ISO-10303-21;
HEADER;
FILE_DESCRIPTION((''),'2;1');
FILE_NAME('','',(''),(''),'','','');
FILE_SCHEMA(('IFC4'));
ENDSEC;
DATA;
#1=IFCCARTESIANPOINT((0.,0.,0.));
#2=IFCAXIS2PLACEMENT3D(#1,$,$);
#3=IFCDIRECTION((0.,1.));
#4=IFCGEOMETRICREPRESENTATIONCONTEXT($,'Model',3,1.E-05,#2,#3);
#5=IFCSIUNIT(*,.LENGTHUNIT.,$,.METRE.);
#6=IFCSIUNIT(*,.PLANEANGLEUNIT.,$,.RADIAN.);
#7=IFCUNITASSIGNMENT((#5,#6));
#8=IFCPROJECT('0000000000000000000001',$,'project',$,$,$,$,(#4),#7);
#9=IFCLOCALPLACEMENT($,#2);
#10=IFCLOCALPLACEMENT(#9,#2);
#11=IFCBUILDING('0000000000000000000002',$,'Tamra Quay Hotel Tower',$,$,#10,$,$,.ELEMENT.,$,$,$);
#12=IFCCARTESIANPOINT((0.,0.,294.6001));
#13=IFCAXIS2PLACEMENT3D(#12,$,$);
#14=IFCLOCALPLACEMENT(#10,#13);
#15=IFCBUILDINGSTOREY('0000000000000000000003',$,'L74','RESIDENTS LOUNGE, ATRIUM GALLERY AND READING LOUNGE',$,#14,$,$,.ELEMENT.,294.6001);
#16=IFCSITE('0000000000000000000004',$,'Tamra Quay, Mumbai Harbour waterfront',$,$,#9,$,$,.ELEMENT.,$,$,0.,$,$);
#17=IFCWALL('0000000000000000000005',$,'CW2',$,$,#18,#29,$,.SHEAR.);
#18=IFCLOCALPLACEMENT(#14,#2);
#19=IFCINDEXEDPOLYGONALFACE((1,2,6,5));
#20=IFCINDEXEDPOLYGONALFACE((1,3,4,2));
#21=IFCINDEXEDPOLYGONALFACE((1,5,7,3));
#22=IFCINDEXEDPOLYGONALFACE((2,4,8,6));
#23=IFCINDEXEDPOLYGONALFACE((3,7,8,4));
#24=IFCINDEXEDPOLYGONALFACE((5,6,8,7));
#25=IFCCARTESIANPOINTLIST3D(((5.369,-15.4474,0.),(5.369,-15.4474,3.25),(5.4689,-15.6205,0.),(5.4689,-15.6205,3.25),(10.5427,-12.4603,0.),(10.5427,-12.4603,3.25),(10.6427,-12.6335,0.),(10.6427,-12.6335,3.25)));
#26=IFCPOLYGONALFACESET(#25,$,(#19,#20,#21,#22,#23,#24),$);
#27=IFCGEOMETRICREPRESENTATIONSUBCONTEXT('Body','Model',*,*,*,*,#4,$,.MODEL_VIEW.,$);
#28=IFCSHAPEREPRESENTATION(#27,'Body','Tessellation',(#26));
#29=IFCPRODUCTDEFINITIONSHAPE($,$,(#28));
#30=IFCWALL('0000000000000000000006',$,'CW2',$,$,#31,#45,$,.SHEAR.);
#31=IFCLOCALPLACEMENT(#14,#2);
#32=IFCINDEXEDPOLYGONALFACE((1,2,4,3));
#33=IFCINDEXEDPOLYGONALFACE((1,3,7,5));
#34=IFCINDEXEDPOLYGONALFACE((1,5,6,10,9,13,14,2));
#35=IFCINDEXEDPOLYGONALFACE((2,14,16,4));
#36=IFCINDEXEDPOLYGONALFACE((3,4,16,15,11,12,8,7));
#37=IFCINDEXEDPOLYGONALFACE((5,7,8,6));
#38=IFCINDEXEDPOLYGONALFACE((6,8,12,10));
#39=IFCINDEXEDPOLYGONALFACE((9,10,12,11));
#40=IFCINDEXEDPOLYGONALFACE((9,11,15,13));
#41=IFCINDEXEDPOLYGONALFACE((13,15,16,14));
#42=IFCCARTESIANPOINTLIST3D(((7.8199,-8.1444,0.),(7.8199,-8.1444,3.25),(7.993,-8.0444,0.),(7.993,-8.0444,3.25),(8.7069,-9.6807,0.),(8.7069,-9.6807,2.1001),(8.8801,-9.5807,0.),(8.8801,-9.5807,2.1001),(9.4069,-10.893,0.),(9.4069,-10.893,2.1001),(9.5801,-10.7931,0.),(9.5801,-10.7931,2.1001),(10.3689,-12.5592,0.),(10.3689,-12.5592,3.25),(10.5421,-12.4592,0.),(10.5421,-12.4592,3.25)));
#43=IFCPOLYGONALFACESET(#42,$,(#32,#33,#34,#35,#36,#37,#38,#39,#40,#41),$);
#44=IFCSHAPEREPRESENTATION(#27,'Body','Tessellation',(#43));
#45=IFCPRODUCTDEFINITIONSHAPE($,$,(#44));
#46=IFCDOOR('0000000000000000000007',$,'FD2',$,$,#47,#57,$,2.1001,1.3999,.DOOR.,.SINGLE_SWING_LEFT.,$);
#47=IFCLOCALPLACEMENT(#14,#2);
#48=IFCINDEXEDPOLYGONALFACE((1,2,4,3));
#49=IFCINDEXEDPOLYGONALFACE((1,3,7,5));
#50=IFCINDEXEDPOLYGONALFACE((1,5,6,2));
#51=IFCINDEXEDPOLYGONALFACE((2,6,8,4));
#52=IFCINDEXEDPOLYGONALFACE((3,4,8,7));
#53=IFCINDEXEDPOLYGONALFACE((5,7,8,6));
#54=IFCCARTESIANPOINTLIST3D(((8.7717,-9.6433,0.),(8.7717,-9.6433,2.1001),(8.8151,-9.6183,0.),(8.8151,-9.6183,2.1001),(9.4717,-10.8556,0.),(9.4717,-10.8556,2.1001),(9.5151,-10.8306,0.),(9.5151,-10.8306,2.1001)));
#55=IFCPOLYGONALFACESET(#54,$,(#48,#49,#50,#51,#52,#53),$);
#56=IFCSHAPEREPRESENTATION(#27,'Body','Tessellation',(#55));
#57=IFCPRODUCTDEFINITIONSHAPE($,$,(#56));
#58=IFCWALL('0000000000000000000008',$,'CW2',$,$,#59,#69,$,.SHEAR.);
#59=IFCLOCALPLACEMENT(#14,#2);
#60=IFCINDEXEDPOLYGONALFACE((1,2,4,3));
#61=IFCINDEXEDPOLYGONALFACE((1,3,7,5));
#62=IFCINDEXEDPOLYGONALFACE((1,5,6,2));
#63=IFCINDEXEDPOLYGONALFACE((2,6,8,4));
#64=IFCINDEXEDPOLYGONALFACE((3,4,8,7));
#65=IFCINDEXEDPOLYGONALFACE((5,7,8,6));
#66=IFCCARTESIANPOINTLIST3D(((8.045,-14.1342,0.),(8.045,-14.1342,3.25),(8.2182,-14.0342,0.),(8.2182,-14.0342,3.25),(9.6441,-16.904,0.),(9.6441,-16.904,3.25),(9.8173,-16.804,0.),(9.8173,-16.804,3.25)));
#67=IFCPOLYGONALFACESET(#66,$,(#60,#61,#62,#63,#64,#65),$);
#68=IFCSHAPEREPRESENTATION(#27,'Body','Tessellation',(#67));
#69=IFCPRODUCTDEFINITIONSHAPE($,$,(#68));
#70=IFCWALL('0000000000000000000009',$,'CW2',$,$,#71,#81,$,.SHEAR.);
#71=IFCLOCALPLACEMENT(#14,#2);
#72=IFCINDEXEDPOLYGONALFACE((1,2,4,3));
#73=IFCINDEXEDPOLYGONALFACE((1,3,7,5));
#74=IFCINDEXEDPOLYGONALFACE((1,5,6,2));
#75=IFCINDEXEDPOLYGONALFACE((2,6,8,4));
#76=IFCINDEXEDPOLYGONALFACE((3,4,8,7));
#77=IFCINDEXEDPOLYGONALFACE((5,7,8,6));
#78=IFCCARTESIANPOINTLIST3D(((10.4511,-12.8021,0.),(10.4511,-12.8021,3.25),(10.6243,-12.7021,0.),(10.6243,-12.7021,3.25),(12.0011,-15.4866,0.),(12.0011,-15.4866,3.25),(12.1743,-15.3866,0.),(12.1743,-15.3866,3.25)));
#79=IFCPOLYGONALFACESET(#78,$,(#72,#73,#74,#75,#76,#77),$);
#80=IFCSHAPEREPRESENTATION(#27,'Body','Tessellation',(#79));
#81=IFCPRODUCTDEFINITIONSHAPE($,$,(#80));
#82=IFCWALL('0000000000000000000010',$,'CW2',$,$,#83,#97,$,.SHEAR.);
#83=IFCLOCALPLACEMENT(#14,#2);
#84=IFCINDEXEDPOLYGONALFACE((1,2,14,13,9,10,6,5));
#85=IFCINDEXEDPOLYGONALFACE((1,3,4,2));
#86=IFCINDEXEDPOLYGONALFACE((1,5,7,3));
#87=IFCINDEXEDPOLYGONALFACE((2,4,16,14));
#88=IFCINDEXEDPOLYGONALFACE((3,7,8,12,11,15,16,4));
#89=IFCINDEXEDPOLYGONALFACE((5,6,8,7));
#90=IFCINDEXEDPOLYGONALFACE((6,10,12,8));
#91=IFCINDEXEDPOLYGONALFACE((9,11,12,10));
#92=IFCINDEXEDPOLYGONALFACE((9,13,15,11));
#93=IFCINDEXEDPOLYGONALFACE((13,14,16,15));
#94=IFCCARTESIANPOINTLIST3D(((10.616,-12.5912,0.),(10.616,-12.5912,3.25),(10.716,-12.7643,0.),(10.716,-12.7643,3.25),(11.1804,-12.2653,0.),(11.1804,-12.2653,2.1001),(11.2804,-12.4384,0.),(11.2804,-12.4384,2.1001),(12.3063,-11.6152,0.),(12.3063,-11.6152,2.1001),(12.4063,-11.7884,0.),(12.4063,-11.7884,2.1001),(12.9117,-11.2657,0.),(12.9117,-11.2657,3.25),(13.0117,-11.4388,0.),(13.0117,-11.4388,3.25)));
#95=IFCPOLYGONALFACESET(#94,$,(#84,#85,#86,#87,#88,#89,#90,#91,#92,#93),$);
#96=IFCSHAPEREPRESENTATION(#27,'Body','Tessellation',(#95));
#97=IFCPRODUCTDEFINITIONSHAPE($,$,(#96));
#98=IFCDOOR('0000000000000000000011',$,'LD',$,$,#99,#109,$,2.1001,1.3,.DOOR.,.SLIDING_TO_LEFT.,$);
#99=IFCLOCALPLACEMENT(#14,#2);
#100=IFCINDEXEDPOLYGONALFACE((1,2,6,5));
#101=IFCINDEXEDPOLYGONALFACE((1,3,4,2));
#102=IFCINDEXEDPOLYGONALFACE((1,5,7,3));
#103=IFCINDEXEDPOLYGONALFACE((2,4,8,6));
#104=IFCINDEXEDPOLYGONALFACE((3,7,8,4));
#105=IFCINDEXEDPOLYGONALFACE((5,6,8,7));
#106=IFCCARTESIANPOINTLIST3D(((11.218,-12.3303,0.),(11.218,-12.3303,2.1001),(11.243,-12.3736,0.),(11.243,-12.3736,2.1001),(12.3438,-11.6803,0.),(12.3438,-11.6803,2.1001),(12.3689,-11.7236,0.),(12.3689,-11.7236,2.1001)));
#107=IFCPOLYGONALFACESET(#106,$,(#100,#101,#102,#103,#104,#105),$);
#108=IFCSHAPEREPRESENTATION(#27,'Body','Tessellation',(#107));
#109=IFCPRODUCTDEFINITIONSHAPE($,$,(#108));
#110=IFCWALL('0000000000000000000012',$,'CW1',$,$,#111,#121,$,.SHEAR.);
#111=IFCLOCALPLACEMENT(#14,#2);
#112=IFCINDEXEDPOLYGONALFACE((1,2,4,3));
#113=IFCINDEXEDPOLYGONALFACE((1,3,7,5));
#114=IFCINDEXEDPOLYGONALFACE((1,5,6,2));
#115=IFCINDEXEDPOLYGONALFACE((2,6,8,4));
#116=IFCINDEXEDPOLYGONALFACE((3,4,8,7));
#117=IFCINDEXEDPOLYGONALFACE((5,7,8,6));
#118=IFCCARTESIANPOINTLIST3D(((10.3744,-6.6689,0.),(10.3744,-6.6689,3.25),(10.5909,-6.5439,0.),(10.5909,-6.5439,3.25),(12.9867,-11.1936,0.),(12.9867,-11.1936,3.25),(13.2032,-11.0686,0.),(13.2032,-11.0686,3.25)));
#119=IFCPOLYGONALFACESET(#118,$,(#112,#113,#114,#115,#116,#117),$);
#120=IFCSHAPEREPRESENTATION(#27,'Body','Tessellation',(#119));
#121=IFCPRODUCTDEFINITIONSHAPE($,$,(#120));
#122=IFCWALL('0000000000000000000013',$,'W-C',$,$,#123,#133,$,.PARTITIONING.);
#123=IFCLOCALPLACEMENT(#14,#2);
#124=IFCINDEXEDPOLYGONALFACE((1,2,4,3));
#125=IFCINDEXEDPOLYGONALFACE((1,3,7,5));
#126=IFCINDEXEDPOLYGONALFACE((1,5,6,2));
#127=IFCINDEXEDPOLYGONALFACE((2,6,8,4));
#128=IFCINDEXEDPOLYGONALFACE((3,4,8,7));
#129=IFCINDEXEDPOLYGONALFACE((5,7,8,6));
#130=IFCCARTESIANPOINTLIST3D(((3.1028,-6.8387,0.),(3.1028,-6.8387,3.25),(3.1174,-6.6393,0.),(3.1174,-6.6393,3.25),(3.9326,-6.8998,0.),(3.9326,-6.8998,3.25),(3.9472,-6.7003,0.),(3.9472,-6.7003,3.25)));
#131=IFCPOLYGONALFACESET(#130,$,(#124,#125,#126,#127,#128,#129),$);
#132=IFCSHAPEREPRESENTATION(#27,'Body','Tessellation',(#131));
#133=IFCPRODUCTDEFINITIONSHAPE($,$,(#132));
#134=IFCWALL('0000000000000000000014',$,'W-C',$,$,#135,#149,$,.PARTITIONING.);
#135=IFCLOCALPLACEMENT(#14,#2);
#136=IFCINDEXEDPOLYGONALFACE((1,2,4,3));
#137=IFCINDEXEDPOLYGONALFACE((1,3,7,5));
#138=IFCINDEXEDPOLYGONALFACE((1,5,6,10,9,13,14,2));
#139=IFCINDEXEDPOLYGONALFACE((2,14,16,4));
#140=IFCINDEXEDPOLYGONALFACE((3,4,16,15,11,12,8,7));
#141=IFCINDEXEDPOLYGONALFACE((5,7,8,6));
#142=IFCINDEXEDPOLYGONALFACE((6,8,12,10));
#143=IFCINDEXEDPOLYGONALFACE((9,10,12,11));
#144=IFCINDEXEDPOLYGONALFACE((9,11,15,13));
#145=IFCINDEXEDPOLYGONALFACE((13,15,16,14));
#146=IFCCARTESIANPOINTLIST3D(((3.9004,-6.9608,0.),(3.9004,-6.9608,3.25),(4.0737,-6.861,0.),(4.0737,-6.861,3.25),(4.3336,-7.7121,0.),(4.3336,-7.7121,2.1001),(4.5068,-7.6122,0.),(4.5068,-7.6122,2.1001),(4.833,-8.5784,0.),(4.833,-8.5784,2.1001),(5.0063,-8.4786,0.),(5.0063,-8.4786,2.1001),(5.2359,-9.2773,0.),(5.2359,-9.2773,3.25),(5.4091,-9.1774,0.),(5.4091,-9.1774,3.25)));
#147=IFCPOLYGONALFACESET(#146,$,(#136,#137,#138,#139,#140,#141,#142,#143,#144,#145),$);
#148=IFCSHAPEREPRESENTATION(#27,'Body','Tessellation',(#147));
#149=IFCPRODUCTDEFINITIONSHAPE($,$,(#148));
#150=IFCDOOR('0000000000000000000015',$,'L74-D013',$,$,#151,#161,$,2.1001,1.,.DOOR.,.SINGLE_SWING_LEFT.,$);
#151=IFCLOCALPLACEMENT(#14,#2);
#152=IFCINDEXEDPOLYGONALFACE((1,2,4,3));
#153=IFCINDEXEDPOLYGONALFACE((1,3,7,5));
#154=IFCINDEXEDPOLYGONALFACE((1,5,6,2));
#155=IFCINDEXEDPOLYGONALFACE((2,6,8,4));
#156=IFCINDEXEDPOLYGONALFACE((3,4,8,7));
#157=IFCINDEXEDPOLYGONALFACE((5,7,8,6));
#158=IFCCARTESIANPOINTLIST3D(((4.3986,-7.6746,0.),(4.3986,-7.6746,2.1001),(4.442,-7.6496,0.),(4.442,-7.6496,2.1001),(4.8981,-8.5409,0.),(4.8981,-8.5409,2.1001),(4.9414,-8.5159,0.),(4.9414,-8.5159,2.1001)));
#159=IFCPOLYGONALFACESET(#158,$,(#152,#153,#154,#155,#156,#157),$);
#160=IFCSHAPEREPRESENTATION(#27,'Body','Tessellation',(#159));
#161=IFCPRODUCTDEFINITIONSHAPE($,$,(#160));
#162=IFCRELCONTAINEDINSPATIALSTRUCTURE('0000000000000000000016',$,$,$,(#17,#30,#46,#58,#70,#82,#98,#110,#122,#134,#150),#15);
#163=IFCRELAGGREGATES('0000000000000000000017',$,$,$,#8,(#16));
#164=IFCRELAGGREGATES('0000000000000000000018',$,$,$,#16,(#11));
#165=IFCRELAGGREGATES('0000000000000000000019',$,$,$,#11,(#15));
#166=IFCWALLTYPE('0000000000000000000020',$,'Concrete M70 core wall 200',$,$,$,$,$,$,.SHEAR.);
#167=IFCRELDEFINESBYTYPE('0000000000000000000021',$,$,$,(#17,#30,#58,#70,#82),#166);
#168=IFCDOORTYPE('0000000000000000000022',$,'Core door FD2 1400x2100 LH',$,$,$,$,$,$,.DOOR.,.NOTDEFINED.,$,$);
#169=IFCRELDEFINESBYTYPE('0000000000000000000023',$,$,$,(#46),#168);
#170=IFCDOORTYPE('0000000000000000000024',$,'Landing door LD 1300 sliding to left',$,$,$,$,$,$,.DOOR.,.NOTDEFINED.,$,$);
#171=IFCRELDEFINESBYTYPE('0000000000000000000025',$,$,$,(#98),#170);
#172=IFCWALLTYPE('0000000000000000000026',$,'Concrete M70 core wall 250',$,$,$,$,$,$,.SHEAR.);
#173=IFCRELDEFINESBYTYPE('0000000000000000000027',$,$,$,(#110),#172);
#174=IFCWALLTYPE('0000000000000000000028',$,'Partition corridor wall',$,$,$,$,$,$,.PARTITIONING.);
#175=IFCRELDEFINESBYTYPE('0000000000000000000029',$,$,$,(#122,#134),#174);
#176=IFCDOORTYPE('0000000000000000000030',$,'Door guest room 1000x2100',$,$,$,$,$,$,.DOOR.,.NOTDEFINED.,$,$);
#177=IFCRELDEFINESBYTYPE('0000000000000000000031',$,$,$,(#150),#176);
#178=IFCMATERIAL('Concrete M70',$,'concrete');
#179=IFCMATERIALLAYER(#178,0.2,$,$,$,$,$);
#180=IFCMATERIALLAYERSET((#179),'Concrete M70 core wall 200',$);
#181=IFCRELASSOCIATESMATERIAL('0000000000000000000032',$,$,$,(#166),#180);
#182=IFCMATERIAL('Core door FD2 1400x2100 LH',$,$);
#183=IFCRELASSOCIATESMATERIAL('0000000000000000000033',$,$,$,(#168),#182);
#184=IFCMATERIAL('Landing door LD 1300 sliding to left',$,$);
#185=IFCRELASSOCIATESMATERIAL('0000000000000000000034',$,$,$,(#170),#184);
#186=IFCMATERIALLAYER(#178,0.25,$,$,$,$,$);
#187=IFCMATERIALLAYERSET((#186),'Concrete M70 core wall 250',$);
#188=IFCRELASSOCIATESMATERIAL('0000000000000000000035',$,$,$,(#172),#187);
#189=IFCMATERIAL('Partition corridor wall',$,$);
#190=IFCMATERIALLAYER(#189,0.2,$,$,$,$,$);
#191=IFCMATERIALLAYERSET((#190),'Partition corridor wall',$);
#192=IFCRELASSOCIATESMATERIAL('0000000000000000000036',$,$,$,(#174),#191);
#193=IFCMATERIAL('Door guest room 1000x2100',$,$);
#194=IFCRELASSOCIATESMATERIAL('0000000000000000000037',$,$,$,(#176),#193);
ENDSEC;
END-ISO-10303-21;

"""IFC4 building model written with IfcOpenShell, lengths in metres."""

from ifc_helpers import new_model, si_unit, direction, frame, frame_2d, origin, place, context, subcontext, project, spatial, rectangle, extrude, material, layer, layer_set, type_object, element, fill, save


model = new_model("IFC4")

# Units and contexts
model_context = context("Model", 3, precision=1e-05, world=origin(), true_north=direction((0.0, 1.0)))
body_context = subcontext(model_context, "Body", "Model", "MODEL_VIEW")
ifc_project = project(units=[si_unit("LENGTHUNIT", "METRE"), si_unit("PLANEANGLEUNIT", "RADIAN")], contexts=[model_context])

# Site, building, storey
site_placement = place(None, origin())
site = spatial("IfcSite", under=ifc_project, at=site_placement, Name="Tamra Quay, Mumbai Harbour waterfront", CompositionType="ELEMENT", RefElevation=0.0)
building_placement = place(site_placement, origin())
building = spatial("IfcBuilding", under=site, at=building_placement, Name="Tamra Quay Hotel Tower", CompositionType="ELEMENT")
storey_placement = place(building_placement, frame((0.0, 0.0, 294.6001)))
storey = spatial("IfcBuildingStorey", under=building, at=storey_placement, Name="L74", Description="RESIDENTS LOUNGE, ATRIUM GALLERY AND READING LOUNGE", CompositionType="ELEMENT", Elevation=294.6001)

# Wall
ifc_material_1 = material(Name="Concrete M70", Category="concrete")
ifc_layer_1 = layer(ifc_material_1, 0.2)
ifc_layer_set_1 = layer_set([ifc_layer_1], Name="Concrete M70 core wall 200")
wall_type_1 = type_object("IfcWallType", Name="Concrete M70 core wall 200", PredefinedType="SHEAR", material=ifc_layer_set_1)
wall_1_placement = place(storey_placement, frame((5.4189, -15.5339, 0.0), z_axis=(0.0, 0.0, 1.0), x_axis=(0.866029, 0.499994, 0.0)))
element("IfcWall", 1, at=wall_1_placement, inside=storey, type_object=wall_type_1, Name="CW2", PredefinedType="SHEAR", context=body_context, shape_type="SweptSolid", body=[
    extrude(rectangle(XDim=5.9741, YDim=0.2, at=frame_2d((2.9871, 0.0))), origin(), (0.0, 0.0, 1.0), 3.25),
])

# Wall, opening, door
wall_2_placement = place(storey_placement, frame((7.9065, -8.0945, 0.0), z_axis=(0.0, 0.0, 1.0), x_axis=(0.500028, -0.866009, 0.0)))
wall_2 = element("IfcWall", 2, at=wall_2_placement, inside=storey, type_object=wall_type_1, Name="CW2", PredefinedType="SHEAR", context=body_context, shape_type="SweptSolid", body=[
    extrude(rectangle(XDim=5.0979, YDim=0.2, at=frame_2d((2.5488, 0.0))), origin(), (0.0, 0.0, 1.0), 3.25),
])
opening_1_placement = place(wall_2_placement, frame((1.7739, 0.0, 0.0)))
opening_1 = element("IfcOpeningElement", 3, at=opening_1_placement, cuts=wall_2, PredefinedType="OPENING", context=body_context, shape_type="SweptSolid", body=[
    extrude(rectangle(XDim=1.3999, YDim=2.1001, at=frame_2d((0.7, 1.05))), frame((0.0, 0.1099, 0.0), z_axis=(0.0, -1.0, 0.0), x_axis=(1.0, 0.0, 0.0)), (0.0, 0.0, 1.0), 0.22),
])
ifc_material_2 = material(Name="Core door FD2 1400x2100 LH")
door_type_1 = type_object("IfcDoorType", Name="Core door FD2 1400x2100 LH", OperationType="NOTDEFINED", PredefinedType="DOOR", material=ifc_material_2)
door_1_placement = place(opening_1_placement, origin())
door_1 = element("IfcDoor", 4, at=door_1_placement, inside=storey, type_object=door_type_1, Name="FD2", OperationType="SINGLE_SWING_LEFT", OverallHeight=2.1001, OverallWidth=1.3999, PredefinedType="DOOR", context=body_context, shape_type="SweptSolid", body=[
    extrude(rectangle(XDim=1.3999, YDim=2.1001, at=frame_2d((0.7, 1.05))), frame((0.0, 0.0249, 0.0), z_axis=(0.0, -1.0, 0.0), x_axis=(1.0, 0.0, 0.0)), (0.0, 0.0, 1.0), 0.05),
])
fill(opening_1, door_1)

# Walls
wall_3_placement = place(storey_placement, frame((8.1316, -14.0842, 0.0), z_axis=(0.0, 0.0, 1.0), x_axis=(0.499998, -0.866027, 0.0)))
element("IfcWall", 5, at=wall_3_placement, inside=storey, type_object=wall_type_1, Name="CW2", PredefinedType="SHEAR", context=body_context, shape_type="SweptSolid", body=[
    extrude(rectangle(XDim=3.1982, YDim=0.2, at=frame_2d((1.5991, 0.0))), origin(), (0.0, 0.0, 1.0), 3.25),
])
wall_4_placement = place(storey_placement, frame((12.0876, -15.4365, 0.0), z_axis=(0.0, 0.0, 1.0), x_axis=(-0.500027, 0.86601, 0.0)))
element("IfcWall", 6, at=wall_4_placement, inside=storey, type_object=wall_type_1, Name="CW2", PredefinedType="SHEAR", context=body_context, shape_type="SweptSolid", body=[
    extrude(rectangle(XDim=3.0999, YDim=0.2, at=frame_2d((1.5498, 0.0))), origin(), (0.0, 0.0, 1.0), 3.25),
])

# Wall, opening, door
wall_5_placement = place(storey_placement, frame((10.666, -12.6777, 0.0), z_axis=(0.0, 0.0, 1.0), x_axis=(0.866018, 0.500012, 0.0)))
wall_5 = element("IfcWall", 7, at=wall_5_placement, inside=storey, type_object=wall_type_1, Name="CW2", PredefinedType="SHEAR", context=body_context, shape_type="SweptSolid", body=[
    extrude(rectangle(XDim=2.6509, YDim=0.2, at=frame_2d((1.3254, 0.0))), origin(), (0.0, 0.0, 1.0), 3.25),
])
opening_2_placement = place(wall_5_placement, frame((0.6519, 0.0, 0.0)))
opening_2 = element("IfcOpeningElement", 8, at=opening_2_placement, cuts=wall_5, PredefinedType="OPENING", context=body_context, shape_type="SweptSolid", body=[
    extrude(rectangle(XDim=1.3, YDim=2.1001, at=frame_2d((0.6499, 1.05))), frame((0.0, 0.1099, 0.0), z_axis=(0.0, -1.0, 0.0), x_axis=(1.0, 0.0, 0.0)), (0.0, 0.0, 1.0), 0.22),
])
ifc_material_3 = material(Name="Landing door LD 1300 sliding to left")
door_type_2 = type_object("IfcDoorType", Name="Landing door LD 1300 sliding to left", OperationType="NOTDEFINED", PredefinedType="DOOR", material=ifc_material_3)
door_2_placement = place(opening_2_placement, origin())
door_2 = element("IfcDoor", 9, at=door_2_placement, inside=storey, type_object=door_type_2, Name="LD", OperationType="SLIDING_TO_LEFT", OverallHeight=2.1001, OverallWidth=1.3, PredefinedType="DOOR", context=body_context, shape_type="SweptSolid", body=[
    extrude(rectangle(XDim=1.3, YDim=2.1001, at=frame_2d((0.6499, 1.05))), frame((0.0, 0.0249, 0.0), z_axis=(0.0, -1.0, 0.0), x_axis=(1.0, 0.0, 0.0)), (0.0, 0.0, 1.0), 0.05),
])
fill(opening_2, door_2)

# Walls
ifc_layer_2 = layer(ifc_material_1, 0.25)
ifc_layer_set_2 = layer_set([ifc_layer_2], Name="Concrete M70 core wall 250")
wall_type_2 = type_object("IfcWallType", Name="Concrete M70 core wall 250", PredefinedType="SHEAR", material=ifc_layer_set_2)
wall_6_placement = place(storey_placement, frame((10.4827, -6.6064, 0.0), z_axis=(0.0, 0.0, 1.0), x_axis=(0.499999, -0.866026, 0.0)))
element("IfcWall", 10, at=wall_6_placement, inside=storey, type_object=wall_type_2, Name="CW1", PredefinedType="SHEAR", context=body_context, shape_type="SweptSolid", body=[
    extrude(rectangle(XDim=5.2246, YDim=0.25, at=frame_2d((2.6123, 0.0))), origin(), (0.0, 0.0, 1.0), 3.25),
])
ifc_material_4 = material(Name="Partition corridor wall")
ifc_layer_3 = layer(ifc_material_4, 0.2)
ifc_layer_set_3 = layer_set([ifc_layer_3], Name="Partition corridor wall")
wall_type_3 = type_object("IfcWallType", Name="Partition corridor wall", PredefinedType="PARTITIONING", material=ifc_layer_set_3)
wall_7_placement = place(storey_placement, frame((3.1101, -6.739, 0.0), z_axis=(0.0, 0.0, 1.0), x_axis=(0.997306, -0.073353, 0.0)))
element("IfcWall", 11, at=wall_7_placement, inside=storey, type_object=wall_type_3, Name="W-C", PredefinedType="PARTITIONING", context=body_context, shape_type="SweptSolid", body=[
    extrude(rectangle(XDim=0.832, YDim=0.2, at=frame_2d((0.416, 0.0))), origin(), (0.0, 0.0, 1.0), 3.25),
])

# Wall, opening, door
wall_8_placement = place(storey_placement, frame((3.9871, -6.9109, 0.0), z_axis=(0.0, 0.0, 1.0), x_axis=(0.499459, -0.866338, 0.0)))
wall_8 = element("IfcWall", 12, at=wall_8_placement, inside=storey, type_object=wall_type_3, Name="W-C", PredefinedType="PARTITIONING", context=body_context, shape_type="SweptSolid", body=[
    extrude(rectangle(XDim=2.6738, YDim=0.2, at=frame_2d((1.3369, 0.0))), origin(), (0.0, 0.0, 1.0), 3.25),
])
opening_3_placement = place(wall_8_placement, frame((0.8672, 0.0, 0.0)))
opening_3 = element("IfcOpeningElement", 13, at=opening_3_placement, cuts=wall_8, PredefinedType="OPENING", context=body_context, shape_type="SweptSolid", body=[
    extrude(rectangle(XDim=1.0, YDim=2.1001, at=frame_2d((0.5, 1.05))), frame((0.0, 0.1099, 0.0), z_axis=(0.0, -1.0, 0.0), x_axis=(1.0, 0.0, 0.0)), (0.0, 0.0, 1.0), 0.22),
])
ifc_material_5 = material(Name="Door guest room 1000x2100")
door_type_3 = type_object("IfcDoorType", Name="Door guest room 1000x2100", OperationType="NOTDEFINED", PredefinedType="DOOR", material=ifc_material_5)
door_3_placement = place(opening_3_placement, frame((1.0, 0.0, 0.0), z_axis=(0.0, 0.0, 1.0), x_axis=(-1.0, 0.0, 0.0)))
door_3 = element("IfcDoor", 14, at=door_3_placement, inside=storey, type_object=door_type_3, Name="L74-D013", OperationType="SINGLE_SWING_LEFT", OverallHeight=2.1001, OverallWidth=1.0, PredefinedType="DOOR", context=body_context, shape_type="SweptSolid", body=[
    extrude(rectangle(XDim=1.0, YDim=2.1001, at=frame_2d((0.5, 1.05))), frame((0.0, 0.0249, 0.0), z_axis=(0.0, -1.0, 0.0), x_axis=(1.0, 0.0, 0.0)), (0.0, 0.0, 1.0), 0.05),
])
fill(opening_3, door_3)

save(model, "model.ifc")
